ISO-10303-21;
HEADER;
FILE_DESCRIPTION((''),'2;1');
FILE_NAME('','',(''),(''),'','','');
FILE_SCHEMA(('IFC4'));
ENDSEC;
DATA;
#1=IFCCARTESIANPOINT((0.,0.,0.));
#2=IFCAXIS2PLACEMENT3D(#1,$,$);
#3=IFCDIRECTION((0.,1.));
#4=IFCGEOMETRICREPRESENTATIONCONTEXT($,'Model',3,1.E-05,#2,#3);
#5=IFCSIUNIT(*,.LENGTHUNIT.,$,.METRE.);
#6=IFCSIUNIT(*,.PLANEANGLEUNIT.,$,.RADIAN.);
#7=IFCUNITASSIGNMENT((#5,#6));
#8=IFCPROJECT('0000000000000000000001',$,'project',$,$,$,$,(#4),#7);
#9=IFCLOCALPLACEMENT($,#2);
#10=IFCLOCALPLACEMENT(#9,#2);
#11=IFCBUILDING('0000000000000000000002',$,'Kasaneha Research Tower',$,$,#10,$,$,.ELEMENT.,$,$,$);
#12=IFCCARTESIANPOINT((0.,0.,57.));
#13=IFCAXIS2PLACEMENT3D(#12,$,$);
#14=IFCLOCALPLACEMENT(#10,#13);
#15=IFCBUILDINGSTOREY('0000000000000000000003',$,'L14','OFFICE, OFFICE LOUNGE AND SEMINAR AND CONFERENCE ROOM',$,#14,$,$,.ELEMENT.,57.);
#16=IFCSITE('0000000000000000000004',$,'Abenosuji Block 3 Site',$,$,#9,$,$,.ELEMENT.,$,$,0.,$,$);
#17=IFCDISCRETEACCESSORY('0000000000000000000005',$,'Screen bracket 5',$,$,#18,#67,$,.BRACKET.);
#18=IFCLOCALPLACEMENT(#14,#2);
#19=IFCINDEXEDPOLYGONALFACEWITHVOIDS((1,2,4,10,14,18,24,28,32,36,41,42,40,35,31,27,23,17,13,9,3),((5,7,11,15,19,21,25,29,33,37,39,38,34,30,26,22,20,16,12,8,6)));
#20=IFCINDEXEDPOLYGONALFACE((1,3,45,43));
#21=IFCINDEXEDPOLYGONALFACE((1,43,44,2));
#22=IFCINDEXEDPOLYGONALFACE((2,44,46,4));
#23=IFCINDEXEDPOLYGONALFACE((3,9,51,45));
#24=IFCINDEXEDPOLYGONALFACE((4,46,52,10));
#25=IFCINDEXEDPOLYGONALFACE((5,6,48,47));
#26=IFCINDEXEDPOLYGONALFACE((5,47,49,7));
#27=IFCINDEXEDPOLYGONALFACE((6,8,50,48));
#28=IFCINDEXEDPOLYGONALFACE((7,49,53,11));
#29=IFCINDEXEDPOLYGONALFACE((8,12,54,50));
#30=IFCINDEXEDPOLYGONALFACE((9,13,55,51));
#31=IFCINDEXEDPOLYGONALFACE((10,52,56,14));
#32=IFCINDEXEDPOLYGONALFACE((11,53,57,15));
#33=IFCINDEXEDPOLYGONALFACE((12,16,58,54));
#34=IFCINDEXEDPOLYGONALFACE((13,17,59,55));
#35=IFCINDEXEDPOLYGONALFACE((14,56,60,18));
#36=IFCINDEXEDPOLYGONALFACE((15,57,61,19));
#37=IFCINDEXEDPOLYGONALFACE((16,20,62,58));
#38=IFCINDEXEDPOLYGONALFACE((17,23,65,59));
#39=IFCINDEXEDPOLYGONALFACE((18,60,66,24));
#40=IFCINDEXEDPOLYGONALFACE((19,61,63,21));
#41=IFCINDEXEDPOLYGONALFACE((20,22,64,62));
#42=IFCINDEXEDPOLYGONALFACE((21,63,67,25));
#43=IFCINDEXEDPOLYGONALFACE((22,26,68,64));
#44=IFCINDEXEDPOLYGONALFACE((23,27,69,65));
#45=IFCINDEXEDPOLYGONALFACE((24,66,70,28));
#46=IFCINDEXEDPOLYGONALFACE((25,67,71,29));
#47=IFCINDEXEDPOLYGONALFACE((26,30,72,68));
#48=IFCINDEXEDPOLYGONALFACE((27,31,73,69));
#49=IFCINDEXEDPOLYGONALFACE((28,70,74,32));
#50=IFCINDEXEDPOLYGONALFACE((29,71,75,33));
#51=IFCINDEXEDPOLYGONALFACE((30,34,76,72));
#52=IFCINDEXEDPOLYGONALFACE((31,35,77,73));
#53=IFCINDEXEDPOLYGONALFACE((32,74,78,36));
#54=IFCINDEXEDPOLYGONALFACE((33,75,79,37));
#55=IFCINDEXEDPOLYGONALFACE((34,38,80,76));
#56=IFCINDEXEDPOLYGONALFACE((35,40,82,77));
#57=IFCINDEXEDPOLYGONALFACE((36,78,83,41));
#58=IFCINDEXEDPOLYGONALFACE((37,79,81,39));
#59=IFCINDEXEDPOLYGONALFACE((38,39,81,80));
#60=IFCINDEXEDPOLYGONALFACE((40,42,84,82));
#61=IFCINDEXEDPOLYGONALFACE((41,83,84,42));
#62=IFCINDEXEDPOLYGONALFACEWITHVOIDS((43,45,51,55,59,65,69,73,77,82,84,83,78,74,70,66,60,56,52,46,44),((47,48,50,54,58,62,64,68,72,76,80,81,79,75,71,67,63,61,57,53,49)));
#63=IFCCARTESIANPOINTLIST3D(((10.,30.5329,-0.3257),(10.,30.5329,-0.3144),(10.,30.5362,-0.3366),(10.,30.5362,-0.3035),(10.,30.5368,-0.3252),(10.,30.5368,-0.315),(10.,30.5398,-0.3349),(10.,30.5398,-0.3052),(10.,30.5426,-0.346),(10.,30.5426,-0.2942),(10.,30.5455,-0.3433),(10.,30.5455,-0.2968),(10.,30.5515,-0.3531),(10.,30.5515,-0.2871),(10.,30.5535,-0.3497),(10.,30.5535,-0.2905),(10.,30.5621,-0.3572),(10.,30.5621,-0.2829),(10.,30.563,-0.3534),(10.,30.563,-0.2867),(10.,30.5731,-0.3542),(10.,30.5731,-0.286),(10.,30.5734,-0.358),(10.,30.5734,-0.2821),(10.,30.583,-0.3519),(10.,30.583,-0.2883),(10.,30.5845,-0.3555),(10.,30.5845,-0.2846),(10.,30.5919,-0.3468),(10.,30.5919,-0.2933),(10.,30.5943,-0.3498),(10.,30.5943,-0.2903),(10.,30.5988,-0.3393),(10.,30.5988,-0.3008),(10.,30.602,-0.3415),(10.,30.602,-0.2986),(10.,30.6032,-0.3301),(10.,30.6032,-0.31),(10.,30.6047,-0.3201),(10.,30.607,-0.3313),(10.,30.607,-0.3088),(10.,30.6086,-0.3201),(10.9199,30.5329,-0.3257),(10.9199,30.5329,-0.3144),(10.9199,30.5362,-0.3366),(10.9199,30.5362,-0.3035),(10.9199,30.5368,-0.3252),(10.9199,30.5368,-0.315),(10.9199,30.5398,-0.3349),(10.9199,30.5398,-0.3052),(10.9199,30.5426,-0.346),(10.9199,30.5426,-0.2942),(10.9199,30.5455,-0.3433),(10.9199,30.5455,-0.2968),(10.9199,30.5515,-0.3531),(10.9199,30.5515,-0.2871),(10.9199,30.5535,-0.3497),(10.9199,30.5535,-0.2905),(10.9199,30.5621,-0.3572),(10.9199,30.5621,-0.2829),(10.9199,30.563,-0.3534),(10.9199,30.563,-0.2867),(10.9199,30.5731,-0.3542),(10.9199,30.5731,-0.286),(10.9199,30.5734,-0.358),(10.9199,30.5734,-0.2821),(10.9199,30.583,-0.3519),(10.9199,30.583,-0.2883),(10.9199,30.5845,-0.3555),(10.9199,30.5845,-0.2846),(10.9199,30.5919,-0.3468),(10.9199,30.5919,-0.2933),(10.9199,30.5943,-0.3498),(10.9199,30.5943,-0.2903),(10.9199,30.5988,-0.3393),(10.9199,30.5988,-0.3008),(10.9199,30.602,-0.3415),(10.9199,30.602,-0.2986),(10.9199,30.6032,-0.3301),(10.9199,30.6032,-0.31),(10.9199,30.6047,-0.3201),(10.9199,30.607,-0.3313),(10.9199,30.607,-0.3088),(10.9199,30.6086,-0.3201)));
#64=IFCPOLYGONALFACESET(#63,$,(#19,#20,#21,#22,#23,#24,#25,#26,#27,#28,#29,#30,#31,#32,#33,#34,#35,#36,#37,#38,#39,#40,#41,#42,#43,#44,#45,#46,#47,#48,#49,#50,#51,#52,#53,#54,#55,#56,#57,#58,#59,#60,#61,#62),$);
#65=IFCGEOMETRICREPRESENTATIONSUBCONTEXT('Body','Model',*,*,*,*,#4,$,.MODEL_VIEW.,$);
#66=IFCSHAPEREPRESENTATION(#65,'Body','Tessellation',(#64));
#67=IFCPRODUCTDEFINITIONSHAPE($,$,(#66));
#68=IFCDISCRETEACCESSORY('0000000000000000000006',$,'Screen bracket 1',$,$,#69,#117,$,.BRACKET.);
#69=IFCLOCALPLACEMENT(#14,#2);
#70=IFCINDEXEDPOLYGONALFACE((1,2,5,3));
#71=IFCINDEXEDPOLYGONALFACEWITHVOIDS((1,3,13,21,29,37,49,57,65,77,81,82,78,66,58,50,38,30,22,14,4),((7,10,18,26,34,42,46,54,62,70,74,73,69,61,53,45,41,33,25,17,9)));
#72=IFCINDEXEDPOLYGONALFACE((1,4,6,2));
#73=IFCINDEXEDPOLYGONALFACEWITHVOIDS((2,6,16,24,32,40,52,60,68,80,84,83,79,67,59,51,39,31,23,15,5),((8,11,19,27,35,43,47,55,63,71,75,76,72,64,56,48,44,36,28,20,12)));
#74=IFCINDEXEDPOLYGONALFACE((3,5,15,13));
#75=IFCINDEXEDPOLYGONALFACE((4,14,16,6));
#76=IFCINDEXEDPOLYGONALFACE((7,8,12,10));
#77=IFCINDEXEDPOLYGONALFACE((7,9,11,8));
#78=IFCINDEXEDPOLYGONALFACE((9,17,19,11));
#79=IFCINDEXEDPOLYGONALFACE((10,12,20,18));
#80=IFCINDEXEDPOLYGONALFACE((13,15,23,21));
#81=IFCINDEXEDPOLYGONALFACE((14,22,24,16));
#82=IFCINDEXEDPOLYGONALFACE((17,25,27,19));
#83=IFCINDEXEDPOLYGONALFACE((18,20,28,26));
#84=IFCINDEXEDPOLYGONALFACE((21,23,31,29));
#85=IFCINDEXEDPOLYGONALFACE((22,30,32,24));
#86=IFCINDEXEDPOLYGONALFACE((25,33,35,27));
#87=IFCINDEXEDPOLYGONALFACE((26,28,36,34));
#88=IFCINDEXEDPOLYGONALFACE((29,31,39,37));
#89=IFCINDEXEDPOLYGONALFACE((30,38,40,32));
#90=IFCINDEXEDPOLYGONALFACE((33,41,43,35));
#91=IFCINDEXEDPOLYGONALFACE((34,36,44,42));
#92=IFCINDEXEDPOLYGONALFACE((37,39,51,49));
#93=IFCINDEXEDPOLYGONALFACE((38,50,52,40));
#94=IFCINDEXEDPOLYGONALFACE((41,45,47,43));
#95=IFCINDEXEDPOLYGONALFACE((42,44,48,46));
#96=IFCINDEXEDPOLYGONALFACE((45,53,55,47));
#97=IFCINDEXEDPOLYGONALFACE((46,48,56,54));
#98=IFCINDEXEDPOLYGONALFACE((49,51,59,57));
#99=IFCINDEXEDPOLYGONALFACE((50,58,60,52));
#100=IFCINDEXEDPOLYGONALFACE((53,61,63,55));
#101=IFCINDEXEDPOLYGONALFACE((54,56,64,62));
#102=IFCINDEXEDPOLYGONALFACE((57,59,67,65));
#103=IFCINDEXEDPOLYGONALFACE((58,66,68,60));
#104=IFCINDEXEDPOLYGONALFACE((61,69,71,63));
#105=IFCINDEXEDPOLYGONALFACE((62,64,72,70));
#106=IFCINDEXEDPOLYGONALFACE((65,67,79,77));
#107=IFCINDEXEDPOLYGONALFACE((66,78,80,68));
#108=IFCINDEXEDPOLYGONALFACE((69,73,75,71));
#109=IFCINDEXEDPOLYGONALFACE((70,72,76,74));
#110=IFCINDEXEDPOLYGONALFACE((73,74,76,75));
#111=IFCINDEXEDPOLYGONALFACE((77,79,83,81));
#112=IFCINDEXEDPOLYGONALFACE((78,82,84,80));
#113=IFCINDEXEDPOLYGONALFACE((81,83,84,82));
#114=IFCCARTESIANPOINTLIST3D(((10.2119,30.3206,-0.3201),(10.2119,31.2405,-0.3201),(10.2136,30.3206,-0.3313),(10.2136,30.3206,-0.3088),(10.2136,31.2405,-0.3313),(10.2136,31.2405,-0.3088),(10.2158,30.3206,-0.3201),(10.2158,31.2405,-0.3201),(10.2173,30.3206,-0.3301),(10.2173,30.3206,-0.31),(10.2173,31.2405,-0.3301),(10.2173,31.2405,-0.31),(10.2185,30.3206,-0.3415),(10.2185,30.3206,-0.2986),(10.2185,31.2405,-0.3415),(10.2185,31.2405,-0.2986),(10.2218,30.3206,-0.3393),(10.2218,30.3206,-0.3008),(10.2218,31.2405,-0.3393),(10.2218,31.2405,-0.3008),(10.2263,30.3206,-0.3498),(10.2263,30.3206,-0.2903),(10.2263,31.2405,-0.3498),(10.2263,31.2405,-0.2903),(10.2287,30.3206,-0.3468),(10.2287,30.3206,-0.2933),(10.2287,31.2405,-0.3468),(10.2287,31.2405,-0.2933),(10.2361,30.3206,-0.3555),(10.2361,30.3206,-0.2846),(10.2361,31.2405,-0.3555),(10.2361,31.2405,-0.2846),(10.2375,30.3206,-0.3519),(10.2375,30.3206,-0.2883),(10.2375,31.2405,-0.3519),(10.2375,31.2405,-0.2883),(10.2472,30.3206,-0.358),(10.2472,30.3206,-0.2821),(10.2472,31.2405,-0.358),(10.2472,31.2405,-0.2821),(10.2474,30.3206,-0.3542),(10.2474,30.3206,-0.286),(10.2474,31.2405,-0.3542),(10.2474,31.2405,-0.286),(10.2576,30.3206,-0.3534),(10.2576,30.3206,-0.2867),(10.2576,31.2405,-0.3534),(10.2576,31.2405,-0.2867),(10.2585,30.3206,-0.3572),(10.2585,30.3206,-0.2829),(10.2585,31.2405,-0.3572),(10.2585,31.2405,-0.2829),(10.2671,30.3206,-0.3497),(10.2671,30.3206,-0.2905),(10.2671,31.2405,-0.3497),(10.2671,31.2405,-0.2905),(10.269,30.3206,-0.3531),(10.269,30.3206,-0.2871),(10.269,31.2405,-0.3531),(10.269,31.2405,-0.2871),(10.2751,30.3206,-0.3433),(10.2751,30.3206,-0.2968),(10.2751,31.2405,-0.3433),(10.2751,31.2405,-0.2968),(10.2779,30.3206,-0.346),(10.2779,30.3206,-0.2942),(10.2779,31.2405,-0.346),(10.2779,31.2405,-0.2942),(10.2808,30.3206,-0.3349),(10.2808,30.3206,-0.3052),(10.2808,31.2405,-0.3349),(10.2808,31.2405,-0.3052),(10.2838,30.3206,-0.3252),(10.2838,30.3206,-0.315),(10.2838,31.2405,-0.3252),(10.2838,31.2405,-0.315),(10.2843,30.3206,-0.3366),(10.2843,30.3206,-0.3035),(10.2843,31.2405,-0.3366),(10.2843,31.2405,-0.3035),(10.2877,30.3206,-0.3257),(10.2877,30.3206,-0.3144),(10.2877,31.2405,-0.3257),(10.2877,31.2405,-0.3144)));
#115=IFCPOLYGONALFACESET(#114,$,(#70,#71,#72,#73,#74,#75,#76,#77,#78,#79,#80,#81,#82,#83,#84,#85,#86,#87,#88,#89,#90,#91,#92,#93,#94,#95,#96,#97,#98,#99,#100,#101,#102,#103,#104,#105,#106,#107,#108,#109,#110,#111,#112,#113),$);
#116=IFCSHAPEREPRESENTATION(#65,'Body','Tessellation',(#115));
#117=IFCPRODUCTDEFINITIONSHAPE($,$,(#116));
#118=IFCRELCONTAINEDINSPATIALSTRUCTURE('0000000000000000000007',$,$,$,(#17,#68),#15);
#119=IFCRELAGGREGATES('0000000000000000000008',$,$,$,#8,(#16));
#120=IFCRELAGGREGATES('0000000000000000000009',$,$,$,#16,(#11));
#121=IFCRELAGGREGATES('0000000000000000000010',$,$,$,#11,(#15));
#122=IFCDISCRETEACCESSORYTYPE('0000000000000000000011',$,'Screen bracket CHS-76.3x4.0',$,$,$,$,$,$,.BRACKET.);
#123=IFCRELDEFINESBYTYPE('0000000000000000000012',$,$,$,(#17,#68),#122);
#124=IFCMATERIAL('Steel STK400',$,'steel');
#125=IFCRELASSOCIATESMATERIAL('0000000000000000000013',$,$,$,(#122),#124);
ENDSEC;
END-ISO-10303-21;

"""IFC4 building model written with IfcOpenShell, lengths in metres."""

from ifc_helpers import new_model, si_unit, direction, frame, origin, origin_2d, place, context, subcontext, project, spatial, hollow_circle, extrude, material, material_profile, profile_set, type_object, element, save


model = new_model("IFC4")

# Units and contexts
model_context = context("Model", 3, precision=1e-05, world=origin(), true_north=direction((0.0, 1.0)))
body_context = subcontext(model_context, "Body", "Model", "MODEL_VIEW")
ifc_project = project(units=[si_unit("LENGTHUNIT", "METRE"), si_unit("PLANEANGLEUNIT", "RADIAN")], contexts=[model_context])

# Site, building, storey
site_placement = place(None, origin())
site = spatial("IfcSite", under=ifc_project, at=site_placement, Name="Abenosuji Block 3 Site", CompositionType="ELEMENT", RefElevation=0.0)
building_placement = place(site_placement, origin())
building = spatial("IfcBuilding", under=site, at=building_placement, Name="Kasaneha Research Tower", CompositionType="ELEMENT")
storey_placement = place(building_placement, frame((0.0, 0.0, 57.0)))
storey = spatial("IfcBuildingStorey", under=building, at=storey_placement, Name="L14", Description="OFFICE, OFFICE LOUNGE AND SEMINAR AND CONFERENCE ROOM", CompositionType="ELEMENT", Elevation=57.0)

# Discrete accessories
ifc_material_1 = material(Name="Steel STK400", Category="steel")
ifc_material_profile_1 = material_profile(ifc_material_1, hollow_circle(Radius=0.0381, WallThickness=0.0039, at=origin_2d()), Name="CHS-76.3x4.0")
ifc_profile_set_1 = profile_set([ifc_material_profile_1], Name="Steel STK400")
discrete_accessory_type = type_object("IfcDiscreteAccessoryType", Name="Screen bracket CHS-76.3x4.0", PredefinedType="BRACKET", material=ifc_profile_set_1)
for number, where, z_axis, x_axis, name in (
    (1, (10.0, 30.5706, -0.3201), (1.0, 0.0, 0.0), (0.0, 1.0, 0.0), "Screen bracket 5"),
    (2, (10.25, 30.3206, -0.3201), (0.0, 1.0, 0.0), (-1.0, 0.0, 0.0), "Screen bracket 1"),
):
    element("IfcDiscreteAccessory", number, at=place(storey_placement, frame(where, z_axis=z_axis, x_axis=x_axis)), inside=storey, type_object=discrete_accessory_type, Name=name, PredefinedType="BRACKET", context=body_context, shape_type="SweptSolid", body=[
        extrude(hollow_circle(Radius=0.0381, WallThickness=0.0039, at=origin_2d()), origin(), (0.0, 0.0, 1.0), 0.9199),
    ])

save(model, "model.ifc")
